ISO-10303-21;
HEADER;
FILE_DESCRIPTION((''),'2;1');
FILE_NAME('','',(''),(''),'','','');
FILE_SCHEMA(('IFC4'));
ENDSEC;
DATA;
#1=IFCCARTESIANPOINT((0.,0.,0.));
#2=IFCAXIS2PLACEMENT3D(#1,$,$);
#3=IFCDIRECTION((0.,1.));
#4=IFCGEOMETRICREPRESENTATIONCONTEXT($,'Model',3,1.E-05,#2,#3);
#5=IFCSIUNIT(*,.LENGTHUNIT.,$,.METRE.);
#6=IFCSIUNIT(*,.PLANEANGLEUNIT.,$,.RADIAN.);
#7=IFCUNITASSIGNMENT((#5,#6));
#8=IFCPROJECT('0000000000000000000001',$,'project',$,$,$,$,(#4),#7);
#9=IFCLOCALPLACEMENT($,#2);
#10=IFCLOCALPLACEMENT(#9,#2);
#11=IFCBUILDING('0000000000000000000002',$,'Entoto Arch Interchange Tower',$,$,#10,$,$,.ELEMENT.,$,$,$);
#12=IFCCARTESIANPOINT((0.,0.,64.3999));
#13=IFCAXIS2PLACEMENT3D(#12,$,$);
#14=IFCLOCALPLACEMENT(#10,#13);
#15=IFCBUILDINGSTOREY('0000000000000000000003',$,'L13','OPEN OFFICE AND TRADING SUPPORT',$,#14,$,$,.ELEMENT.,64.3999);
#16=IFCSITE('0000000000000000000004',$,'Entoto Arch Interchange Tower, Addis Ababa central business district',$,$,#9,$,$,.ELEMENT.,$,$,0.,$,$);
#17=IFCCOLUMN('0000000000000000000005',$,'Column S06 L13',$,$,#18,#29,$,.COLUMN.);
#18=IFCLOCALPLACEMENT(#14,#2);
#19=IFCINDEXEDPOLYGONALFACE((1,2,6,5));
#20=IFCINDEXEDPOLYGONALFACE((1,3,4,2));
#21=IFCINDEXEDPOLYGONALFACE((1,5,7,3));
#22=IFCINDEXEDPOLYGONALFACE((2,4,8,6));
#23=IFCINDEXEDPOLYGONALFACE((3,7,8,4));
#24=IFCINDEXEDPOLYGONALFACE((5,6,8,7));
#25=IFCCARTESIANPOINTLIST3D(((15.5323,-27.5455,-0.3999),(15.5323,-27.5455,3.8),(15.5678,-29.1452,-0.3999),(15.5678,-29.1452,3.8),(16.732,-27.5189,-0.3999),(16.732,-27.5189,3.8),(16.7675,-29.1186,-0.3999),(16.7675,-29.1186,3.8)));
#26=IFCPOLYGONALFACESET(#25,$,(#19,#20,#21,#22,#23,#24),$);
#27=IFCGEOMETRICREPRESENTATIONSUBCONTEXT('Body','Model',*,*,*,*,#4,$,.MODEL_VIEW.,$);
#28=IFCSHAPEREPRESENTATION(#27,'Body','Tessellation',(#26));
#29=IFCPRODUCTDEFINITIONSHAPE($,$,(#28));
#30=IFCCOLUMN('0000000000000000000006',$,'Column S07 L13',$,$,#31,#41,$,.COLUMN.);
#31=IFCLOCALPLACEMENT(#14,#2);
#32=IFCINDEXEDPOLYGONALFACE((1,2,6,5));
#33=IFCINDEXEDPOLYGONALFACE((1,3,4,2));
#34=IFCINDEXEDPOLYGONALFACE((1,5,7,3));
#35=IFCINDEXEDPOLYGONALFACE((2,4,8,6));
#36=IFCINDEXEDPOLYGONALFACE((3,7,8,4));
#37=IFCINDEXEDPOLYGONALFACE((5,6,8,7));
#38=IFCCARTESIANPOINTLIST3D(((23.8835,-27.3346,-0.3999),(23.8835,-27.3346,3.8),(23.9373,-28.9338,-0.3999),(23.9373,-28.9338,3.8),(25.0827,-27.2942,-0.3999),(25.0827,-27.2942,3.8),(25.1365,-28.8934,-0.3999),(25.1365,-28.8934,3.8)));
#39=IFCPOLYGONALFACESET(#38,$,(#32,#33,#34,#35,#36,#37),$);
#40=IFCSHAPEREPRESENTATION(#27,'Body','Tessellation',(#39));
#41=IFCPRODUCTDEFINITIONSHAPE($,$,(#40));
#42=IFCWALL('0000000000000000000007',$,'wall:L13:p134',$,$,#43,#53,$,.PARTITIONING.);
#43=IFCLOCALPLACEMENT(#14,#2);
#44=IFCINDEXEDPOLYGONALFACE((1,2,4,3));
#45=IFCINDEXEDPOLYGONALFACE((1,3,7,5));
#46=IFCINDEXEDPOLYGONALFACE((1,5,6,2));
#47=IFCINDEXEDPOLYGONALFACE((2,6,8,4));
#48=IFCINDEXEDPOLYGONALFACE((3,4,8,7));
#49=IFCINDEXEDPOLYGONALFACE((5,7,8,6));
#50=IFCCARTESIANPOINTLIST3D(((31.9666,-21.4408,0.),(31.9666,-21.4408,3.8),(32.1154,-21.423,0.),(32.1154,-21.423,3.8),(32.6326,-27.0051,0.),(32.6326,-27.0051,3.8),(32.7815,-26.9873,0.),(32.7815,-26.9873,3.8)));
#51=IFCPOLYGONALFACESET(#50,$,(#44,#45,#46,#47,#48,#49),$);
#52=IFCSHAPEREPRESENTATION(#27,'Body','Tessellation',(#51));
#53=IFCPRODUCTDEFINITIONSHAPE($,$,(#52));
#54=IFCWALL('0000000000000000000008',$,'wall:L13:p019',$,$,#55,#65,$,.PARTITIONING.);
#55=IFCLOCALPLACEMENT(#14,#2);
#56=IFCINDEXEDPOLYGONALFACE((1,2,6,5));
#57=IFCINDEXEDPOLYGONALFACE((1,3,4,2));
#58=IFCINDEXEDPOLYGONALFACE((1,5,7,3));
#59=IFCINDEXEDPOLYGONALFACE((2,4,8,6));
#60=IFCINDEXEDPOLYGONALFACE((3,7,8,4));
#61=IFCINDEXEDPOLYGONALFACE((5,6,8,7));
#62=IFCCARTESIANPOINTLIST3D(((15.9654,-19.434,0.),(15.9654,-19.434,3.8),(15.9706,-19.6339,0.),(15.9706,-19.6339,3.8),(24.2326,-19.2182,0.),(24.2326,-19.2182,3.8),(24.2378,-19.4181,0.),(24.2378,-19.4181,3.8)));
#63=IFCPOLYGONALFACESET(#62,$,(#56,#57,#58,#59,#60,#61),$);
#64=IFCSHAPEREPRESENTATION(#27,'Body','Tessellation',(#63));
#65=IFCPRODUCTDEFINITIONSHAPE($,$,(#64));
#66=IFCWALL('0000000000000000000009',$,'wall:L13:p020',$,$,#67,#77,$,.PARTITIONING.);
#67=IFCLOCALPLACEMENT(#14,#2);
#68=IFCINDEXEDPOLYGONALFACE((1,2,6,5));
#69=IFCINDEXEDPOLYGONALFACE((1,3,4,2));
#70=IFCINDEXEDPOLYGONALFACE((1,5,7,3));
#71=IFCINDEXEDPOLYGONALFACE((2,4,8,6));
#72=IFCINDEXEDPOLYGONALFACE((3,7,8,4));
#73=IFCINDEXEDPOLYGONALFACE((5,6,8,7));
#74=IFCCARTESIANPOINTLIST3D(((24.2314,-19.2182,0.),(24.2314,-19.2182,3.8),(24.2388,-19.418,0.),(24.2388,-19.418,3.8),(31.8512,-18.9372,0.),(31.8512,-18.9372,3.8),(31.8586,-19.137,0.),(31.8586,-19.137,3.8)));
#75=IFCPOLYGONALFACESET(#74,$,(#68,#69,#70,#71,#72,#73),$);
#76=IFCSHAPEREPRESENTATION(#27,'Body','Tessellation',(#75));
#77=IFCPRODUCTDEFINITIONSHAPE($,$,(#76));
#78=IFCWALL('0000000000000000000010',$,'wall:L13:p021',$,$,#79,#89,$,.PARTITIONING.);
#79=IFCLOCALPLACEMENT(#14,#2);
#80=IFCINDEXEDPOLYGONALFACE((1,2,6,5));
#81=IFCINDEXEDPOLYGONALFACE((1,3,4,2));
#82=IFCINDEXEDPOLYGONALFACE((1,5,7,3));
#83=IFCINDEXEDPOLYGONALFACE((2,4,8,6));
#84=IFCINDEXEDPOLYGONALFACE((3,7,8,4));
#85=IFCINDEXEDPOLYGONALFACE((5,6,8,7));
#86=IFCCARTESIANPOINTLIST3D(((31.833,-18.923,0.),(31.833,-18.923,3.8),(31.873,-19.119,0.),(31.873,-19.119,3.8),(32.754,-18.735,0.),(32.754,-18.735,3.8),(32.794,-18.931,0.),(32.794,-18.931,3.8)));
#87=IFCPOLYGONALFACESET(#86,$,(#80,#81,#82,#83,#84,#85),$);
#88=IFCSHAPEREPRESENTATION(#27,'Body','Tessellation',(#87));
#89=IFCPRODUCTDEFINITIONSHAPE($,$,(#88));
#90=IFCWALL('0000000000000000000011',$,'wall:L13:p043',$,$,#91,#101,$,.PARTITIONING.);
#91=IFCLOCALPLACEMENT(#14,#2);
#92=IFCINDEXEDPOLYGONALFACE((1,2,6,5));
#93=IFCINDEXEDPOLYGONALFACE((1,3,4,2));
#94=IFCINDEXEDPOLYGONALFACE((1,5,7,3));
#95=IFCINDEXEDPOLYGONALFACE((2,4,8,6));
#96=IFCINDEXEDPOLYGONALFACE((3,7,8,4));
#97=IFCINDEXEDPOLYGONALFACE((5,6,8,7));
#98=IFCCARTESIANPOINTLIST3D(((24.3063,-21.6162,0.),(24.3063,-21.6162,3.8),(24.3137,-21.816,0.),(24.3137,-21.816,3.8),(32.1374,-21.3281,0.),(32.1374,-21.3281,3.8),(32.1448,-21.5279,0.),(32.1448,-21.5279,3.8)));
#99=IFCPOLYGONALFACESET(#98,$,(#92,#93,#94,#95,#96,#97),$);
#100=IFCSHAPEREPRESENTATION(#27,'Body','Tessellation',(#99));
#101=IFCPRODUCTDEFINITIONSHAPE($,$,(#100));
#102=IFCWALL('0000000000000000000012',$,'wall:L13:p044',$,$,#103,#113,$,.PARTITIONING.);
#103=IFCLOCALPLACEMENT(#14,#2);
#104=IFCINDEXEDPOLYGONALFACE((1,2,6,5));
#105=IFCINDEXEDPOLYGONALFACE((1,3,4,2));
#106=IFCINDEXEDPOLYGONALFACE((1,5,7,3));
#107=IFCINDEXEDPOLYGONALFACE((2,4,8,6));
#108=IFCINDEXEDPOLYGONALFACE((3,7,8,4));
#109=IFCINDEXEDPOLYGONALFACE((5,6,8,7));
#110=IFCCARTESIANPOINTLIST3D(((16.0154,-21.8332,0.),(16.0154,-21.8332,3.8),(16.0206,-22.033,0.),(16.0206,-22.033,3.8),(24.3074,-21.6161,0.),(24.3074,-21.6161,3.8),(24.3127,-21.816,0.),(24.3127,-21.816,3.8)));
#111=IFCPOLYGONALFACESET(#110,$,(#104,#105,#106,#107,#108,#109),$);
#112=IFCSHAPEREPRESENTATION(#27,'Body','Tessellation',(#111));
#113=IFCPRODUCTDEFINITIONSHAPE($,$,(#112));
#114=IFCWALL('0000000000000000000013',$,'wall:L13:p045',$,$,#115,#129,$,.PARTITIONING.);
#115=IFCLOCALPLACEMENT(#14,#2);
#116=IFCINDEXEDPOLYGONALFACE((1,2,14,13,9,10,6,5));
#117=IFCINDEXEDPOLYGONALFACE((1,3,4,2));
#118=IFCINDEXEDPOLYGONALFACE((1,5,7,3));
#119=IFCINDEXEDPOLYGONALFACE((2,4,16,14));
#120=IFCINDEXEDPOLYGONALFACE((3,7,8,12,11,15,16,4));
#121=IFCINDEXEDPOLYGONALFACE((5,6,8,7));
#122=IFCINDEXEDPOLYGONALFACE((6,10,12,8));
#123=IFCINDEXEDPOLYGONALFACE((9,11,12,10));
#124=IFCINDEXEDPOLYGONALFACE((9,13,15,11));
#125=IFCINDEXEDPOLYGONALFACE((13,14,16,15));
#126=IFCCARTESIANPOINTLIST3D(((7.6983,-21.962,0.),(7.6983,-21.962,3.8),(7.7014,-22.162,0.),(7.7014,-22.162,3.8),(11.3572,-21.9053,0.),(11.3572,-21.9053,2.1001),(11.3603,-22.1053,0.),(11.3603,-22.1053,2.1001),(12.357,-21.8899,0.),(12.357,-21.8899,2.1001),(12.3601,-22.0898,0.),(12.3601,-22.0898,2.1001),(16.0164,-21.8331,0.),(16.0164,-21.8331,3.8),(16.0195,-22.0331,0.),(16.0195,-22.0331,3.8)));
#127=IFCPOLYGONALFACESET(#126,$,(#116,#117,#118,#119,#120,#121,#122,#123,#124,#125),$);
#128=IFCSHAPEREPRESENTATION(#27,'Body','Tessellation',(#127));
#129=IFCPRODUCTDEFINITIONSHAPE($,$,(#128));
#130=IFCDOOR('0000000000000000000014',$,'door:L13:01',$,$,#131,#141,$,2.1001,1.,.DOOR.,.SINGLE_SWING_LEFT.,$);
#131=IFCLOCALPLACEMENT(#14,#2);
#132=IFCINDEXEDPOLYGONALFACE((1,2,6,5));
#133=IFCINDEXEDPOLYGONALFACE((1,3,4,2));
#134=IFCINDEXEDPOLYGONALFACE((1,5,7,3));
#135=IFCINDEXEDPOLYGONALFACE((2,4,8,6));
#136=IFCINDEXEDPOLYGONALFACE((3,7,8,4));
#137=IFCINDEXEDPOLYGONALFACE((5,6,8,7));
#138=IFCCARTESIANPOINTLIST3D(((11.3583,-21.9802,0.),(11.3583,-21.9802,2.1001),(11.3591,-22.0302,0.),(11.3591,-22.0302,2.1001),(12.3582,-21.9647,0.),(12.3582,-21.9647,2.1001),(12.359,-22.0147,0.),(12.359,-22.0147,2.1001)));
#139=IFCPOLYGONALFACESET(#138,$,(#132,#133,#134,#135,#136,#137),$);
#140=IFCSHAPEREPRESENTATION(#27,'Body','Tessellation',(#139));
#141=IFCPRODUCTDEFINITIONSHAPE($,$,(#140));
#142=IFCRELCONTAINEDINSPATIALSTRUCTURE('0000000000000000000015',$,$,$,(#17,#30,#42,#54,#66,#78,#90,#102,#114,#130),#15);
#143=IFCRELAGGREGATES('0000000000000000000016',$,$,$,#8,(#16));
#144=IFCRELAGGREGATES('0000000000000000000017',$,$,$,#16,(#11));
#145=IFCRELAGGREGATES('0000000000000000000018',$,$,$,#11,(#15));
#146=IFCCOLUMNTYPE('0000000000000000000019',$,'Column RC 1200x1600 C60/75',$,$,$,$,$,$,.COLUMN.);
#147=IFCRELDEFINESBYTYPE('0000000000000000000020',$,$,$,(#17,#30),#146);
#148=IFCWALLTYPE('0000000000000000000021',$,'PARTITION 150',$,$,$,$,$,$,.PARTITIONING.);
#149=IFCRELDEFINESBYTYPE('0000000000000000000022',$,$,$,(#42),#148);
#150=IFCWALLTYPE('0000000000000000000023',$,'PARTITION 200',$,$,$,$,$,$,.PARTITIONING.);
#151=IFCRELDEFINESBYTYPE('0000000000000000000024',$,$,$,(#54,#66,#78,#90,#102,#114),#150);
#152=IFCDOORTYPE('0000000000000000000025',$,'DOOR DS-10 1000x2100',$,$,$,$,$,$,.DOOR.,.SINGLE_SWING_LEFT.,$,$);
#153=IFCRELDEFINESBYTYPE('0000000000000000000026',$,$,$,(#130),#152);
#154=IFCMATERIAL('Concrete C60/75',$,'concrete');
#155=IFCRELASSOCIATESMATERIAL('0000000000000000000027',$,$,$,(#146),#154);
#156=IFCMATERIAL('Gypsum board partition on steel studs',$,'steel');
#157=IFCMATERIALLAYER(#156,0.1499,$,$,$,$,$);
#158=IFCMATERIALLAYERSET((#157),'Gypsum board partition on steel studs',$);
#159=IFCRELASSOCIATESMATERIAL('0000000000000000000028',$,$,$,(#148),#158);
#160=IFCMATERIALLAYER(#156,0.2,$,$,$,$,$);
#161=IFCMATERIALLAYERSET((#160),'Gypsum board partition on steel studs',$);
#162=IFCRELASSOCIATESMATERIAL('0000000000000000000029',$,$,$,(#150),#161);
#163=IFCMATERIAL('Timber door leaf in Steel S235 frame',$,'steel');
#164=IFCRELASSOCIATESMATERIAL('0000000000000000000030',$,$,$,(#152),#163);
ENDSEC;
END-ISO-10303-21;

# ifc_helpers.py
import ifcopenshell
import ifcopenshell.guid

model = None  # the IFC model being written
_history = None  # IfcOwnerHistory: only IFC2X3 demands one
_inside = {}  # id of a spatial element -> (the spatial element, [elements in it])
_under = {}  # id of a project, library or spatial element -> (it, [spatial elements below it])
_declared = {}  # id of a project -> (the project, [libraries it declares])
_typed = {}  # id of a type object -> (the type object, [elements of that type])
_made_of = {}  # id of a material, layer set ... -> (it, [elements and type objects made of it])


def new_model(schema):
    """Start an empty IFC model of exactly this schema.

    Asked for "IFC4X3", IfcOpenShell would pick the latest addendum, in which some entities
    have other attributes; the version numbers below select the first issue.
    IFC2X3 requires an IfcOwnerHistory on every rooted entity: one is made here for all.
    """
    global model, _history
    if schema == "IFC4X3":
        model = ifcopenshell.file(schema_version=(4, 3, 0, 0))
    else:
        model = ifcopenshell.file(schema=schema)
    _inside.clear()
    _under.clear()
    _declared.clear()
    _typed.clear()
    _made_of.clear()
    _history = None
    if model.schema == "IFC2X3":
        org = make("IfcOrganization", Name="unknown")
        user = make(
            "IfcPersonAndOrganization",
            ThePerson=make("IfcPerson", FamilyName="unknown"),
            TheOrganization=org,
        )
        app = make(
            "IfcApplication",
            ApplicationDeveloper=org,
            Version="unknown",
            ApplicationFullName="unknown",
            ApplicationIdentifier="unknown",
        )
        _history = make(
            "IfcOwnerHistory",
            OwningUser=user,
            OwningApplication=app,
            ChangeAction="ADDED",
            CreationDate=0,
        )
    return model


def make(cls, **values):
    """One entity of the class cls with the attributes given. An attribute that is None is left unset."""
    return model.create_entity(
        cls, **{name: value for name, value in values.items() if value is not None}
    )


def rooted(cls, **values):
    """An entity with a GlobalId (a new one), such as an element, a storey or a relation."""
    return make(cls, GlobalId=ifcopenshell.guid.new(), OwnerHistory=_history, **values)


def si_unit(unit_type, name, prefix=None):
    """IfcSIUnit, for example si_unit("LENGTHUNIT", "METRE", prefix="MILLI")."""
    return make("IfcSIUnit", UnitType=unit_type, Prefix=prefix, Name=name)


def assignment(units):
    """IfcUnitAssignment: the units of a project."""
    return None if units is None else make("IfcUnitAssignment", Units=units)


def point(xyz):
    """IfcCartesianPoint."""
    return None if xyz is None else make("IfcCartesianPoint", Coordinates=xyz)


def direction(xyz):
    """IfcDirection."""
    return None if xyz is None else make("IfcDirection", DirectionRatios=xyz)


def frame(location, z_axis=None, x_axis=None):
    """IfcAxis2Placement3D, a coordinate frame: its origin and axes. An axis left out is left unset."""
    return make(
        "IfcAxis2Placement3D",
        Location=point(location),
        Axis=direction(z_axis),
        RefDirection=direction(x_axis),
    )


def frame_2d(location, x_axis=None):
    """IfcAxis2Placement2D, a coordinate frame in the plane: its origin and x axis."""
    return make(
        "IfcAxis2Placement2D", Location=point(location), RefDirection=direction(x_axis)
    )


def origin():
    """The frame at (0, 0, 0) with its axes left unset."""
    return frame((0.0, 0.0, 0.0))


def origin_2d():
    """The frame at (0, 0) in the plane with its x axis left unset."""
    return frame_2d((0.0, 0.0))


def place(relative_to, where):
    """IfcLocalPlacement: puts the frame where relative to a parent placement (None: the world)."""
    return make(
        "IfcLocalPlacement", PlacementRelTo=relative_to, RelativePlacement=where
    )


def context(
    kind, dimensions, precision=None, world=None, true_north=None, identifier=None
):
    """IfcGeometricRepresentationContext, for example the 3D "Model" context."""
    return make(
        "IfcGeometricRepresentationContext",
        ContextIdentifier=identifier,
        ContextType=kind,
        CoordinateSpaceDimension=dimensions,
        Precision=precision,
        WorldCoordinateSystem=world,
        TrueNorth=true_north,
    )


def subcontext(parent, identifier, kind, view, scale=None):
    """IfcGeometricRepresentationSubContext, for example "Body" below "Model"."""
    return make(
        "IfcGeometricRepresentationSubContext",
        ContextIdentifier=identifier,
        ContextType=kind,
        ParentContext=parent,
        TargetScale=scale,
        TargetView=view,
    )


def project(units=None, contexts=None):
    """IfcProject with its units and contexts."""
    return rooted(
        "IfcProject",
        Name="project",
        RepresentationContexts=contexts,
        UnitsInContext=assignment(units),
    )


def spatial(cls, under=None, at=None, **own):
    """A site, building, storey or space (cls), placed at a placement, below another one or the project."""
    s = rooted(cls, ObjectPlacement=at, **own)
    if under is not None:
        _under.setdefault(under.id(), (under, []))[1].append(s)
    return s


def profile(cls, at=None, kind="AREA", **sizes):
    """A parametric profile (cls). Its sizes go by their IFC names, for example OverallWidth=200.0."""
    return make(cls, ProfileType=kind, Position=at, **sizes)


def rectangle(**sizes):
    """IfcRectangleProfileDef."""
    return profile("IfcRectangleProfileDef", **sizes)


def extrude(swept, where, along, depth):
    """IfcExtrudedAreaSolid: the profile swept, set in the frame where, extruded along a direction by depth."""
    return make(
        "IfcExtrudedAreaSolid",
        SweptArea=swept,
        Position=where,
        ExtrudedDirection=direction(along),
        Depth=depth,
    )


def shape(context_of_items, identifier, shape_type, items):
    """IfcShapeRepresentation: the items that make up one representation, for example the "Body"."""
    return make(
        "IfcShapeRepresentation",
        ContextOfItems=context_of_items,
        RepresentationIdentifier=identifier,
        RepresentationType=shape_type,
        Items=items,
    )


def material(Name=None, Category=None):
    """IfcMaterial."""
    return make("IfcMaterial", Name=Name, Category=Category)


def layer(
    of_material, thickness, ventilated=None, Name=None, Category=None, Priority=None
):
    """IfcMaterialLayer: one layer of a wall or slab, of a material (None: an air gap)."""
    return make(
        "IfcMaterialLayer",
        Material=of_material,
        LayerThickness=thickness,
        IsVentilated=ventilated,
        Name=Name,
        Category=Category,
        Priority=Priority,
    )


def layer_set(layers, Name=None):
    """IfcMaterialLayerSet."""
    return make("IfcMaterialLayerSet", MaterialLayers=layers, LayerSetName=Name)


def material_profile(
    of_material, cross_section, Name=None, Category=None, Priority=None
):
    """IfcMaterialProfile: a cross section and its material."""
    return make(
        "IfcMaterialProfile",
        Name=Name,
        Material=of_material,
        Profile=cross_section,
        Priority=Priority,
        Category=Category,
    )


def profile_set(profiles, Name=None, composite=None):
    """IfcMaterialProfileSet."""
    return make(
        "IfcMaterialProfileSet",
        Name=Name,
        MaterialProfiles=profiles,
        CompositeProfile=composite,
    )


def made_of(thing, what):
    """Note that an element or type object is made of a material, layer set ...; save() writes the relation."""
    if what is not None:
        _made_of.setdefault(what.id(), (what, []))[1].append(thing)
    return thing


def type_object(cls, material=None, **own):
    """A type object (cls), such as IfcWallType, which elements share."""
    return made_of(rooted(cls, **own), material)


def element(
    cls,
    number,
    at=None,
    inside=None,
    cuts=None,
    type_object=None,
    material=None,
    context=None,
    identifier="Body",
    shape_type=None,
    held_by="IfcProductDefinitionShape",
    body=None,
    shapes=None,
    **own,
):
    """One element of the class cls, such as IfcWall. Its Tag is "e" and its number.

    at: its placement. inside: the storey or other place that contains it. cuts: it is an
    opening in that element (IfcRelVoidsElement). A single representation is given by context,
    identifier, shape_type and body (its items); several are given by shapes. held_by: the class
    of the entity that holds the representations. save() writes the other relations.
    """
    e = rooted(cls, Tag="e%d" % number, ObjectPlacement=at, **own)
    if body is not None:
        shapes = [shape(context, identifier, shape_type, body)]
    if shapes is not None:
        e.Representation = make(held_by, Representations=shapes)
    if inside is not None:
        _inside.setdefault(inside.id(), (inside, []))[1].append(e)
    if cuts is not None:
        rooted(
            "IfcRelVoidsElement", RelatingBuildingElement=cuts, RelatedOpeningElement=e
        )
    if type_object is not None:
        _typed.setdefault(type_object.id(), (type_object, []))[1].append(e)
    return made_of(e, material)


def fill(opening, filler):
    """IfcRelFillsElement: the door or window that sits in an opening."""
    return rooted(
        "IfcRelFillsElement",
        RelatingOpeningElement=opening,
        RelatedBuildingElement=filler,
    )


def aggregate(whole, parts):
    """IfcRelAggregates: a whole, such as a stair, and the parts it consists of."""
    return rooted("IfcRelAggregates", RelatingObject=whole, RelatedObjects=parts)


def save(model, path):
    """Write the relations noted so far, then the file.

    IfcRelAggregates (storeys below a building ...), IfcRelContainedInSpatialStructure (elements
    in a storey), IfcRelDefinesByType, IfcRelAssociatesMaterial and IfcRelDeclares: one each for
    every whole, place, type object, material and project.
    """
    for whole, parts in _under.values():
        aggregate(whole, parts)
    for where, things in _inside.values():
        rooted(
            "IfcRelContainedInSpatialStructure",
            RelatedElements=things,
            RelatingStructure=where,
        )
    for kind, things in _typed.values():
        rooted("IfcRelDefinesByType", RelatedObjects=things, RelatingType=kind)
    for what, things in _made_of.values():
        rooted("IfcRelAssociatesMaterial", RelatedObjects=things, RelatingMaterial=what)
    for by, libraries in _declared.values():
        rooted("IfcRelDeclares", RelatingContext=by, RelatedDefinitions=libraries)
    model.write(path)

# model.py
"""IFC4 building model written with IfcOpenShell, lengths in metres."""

from ifc_helpers import new_model, si_unit, direction, frame, frame_2d, origin, origin_2d, place, context, subcontext, project, spatial, rectangle, extrude, material, layer, layer_set, material_profile, profile_set, type_object, element, fill, save


model = new_model("IFC4")

# Units and contexts
model_context = context("Model", 3, precision=1e-05, world=origin(), true_north=direction((0.0, 1.0)))
body_context = subcontext(model_context, "Body", "Model", "MODEL_VIEW")
ifc_project = project(units=[si_unit("LENGTHUNIT", "METRE"), si_unit("PLANEANGLEUNIT", "RADIAN")], contexts=[model_context])

# Site, building, storey
site_placement = place(None, origin())
site = spatial("IfcSite", under=ifc_project, at=site_placement, Name="Entoto Arch Interchange Tower, Addis Ababa central business district", CompositionType="ELEMENT", RefElevation=0.0)
building_placement = place(site_placement, origin())
building = spatial("IfcBuilding", under=site, at=building_placement, Name="Entoto Arch Interchange Tower", CompositionType="ELEMENT")
storey_placement = place(building_placement, frame((0.0, 0.0, 64.3999)))
storey = spatial("IfcBuildingStorey", under=building, at=storey_placement, Name="L13", Description="OPEN OFFICE AND TRADING SUPPORT", CompositionType="ELEMENT", Elevation=64.3999)

# Columns
ifc_material_1 = material(Name="Concrete C60/75", Category="concrete")
ifc_material_profile = material_profile(ifc_material_1, rectangle(XDim=1.2, YDim=1.6001, at=origin_2d()))
ifc_profile_set = profile_set([ifc_material_profile], Name="Concrete C60/75")
column_type = type_object("IfcColumnType", Name="Column RC 1200x1600 C60/75", PredefinedType="COLUMN", material=ifc_profile_set)
for number, where, z_axis, x_axis, name in (
    (1, (16.1499, -28.332, -0.3999), (0.0, 0.0, 1.0), (0.999754, 0.022164, 0.0), "Column S06 L13"),
    (2, (24.51, -28.114, -0.3999), (0.0, 0.0, 1.0), (0.999434, 0.033626, 0.0), "Column S07 L13"),
):
    element("IfcColumn", number, at=place(storey_placement, frame(where, z_axis=z_axis, x_axis=x_axis)), inside=storey, type_object=column_type, Name=name, PredefinedType="COLUMN", context=body_context, shape_type="SweptSolid", body=[
        extrude(rectangle(XDim=1.2, YDim=1.6001, at=origin_2d()), origin(), (0.0, 0.0, 1.0), 4.2),
    ])

# Walls
ifc_material_2 = material(Name="Gypsum board partition on steel studs", Category="steel")
ifc_layer_1 = layer(ifc_material_2, 0.1499)
ifc_layer_set_1 = layer_set([ifc_layer_1], Name="Gypsum board partition on steel studs")
wall_type_1 = type_object("IfcWallType", Name="PARTITION 150", PredefinedType="PARTITIONING", material=ifc_layer_set_1)
wall_1_placement = place(storey_placement, frame((32.041, -21.4319, 0.0), z_axis=(0.0, 0.0, 1.0), x_axis=(0.118848, -0.992912, 0.0)))
element("IfcWall", 3, at=wall_1_placement, inside=storey, type_object=wall_type_1, Name="wall:L13:p134", PredefinedType="PARTITIONING", context=body_context, shape_type="SweptSolid", body=[
    extrude(rectangle(XDim=5.604, YDim=0.1499, at=frame_2d((2.802, 0.0))), origin(), (0.0, 0.0, 1.0), 3.8),
])
ifc_layer_2 = layer(ifc_material_2, 0.2)
ifc_layer_set_2 = layer_set([ifc_layer_2], Name="Gypsum board partition on steel studs")
wall_type_2 = type_object("IfcWallType", Name="PARTITION 200", PredefinedType="PARTITIONING", material=ifc_layer_set_2)
wall_2_placement = place(storey_placement, frame((15.968, -19.5339, 0.0), z_axis=(0.0, 0.0, 1.0), x_axis=(0.999659, 0.026097, 0.0)))
element("IfcWall", 4, at=wall_2_placement, inside=storey, type_object=wall_type_2, Name="wall:L13:p019", PredefinedType="PARTITIONING", context=body_context, shape_type="SweptSolid", body=[
    extrude(rectangle(XDim=8.27, YDim=0.2, at=frame_2d((4.135, 0.0))), origin(), (0.0, 0.0, 1.0), 3.8),
])
wall_3_placement = place(storey_placement, frame((24.2351, -19.3181, 0.0), z_axis=(0.0, 0.0, 1.0), x_axis=(0.999321, 0.036853, 0.0)))
element("IfcWall", 5, at=wall_3_placement, inside=storey, type_object=wall_type_2, Name="wall:L13:p020", PredefinedType="PARTITIONING", context=body_context, shape_type="SweptSolid", body=[
    extrude(rectangle(XDim=7.625, YDim=0.2, at=frame_2d((3.8125, 0.0))), origin(), (0.0, 0.0, 1.0), 3.8),
])
wall_4_placement = place(storey_placement, frame((31.853, -19.021, 0.0), z_axis=(0.0, 0.0, 1.0), x_axis=(0.979794, 0.200011, 0.0)))
element("IfcWall", 6, at=wall_4_placement, inside=storey, type_object=wall_type_2, Name="wall:L13:p021", PredefinedType="PARTITIONING", context=body_context, shape_type="SweptSolid", body=[
    extrude(rectangle(XDim=0.9399, YDim=0.2, at=frame_2d((0.47, 0.0))), origin(), (0.0, 0.0, 1.0), 3.8),
])
wall_5_placement = place(storey_placement, frame((32.1411, -21.428, 0.0), z_axis=(0.0, 0.0, 1.0), x_axis=(-0.999324, -0.036763, 0.0)))
element("IfcWall", 7, at=wall_5_placement, inside=storey, type_object=wall_type_2, Name="wall:L13:p043", PredefinedType="PARTITIONING", context=body_context, shape_type="SweptSolid", body=[
    extrude(rectangle(XDim=7.8364, YDim=0.2, at=frame_2d((3.9182, 0.0))), origin(), (0.0, 0.0, 1.0), 3.8),
])
wall_6_placement = place(storey_placement, frame((24.3101, -21.7161, 0.0), z_axis=(0.0, 0.0, 1.0), x_axis=(-0.999658, -0.026166, 0.0)))
element("IfcWall", 8, at=wall_6_placement, inside=storey, type_object=wall_type_2, Name="wall:L13:p044", PredefinedType="PARTITIONING", context=body_context, shape_type="SweptSolid", body=[
    extrude(rectangle(XDim=8.2949, YDim=0.2, at=frame_2d((4.1475, 0.0))), origin(), (0.0, 0.0, 1.0), 3.8),
])

# Wall, opening, door
wall_7_placement = place(storey_placement, frame((16.0181, -21.9331, 0.0), z_axis=(0.0, 0.0, 1.0), x_axis=(-0.99988, -0.015495, 0.0)))
wall_7 = element("IfcWall", 9, at=wall_7_placement, inside=storey, type_object=wall_type_2, Name="wall:L13:p045", PredefinedType="PARTITIONING", context=body_context, shape_type="SweptSolid", body=[
    extrude(rectangle(XDim=8.3191, YDim=0.2, at=frame_2d((4.1597, 0.0))), origin(), (0.0, 0.0, 1.0), 3.8),
])
opening_1_placement = place(wall_7_placement, frame((3.6599, 0.0, 0.0)))
opening_1 = element("IfcOpeningElement", 10, at=opening_1_placement, cuts=wall_7, PredefinedType="OPENING", context=body_context, shape_type="SweptSolid", body=[
    extrude(rectangle(XDim=1.0, YDim=2.1001, at=frame_2d((0.5, 1.05))), frame((0.0, 0.1099, 0.0), z_axis=(0.0, -1.0, 0.0), x_axis=(1.0, 0.0, 0.0)), (0.0, 0.0, 1.0), 0.22),
])
ifc_material_3 = material(Name="Timber door leaf in Steel S235 frame", Category="steel")
door_type = type_object("IfcDoorType", Name="DOOR DS-10 1000x2100", OperationType="SINGLE_SWING_LEFT", PredefinedType="DOOR", material=ifc_material_3)
door_placement = place(opening_1_placement, origin())
door = element("IfcDoor", 11, at=door_placement, inside=storey, type_object=door_type, Name="door:L13:01", OperationType="SINGLE_SWING_LEFT", OverallHeight=2.1001, OverallWidth=1.0, PredefinedType="DOOR", context=body_context, shape_type="SweptSolid", body=[
    extrude(rectangle(XDim=1.0, YDim=2.1001, at=frame_2d((0.5, 1.05))), frame((0.0, 0.0249, 0.0), z_axis=(0.0, -1.0, 0.0), x_axis=(1.0, 0.0, 0.0)), (0.0, 0.0, 1.0), 0.05),
])
fill(opening_1, door)

save(model, "model.ifc")
